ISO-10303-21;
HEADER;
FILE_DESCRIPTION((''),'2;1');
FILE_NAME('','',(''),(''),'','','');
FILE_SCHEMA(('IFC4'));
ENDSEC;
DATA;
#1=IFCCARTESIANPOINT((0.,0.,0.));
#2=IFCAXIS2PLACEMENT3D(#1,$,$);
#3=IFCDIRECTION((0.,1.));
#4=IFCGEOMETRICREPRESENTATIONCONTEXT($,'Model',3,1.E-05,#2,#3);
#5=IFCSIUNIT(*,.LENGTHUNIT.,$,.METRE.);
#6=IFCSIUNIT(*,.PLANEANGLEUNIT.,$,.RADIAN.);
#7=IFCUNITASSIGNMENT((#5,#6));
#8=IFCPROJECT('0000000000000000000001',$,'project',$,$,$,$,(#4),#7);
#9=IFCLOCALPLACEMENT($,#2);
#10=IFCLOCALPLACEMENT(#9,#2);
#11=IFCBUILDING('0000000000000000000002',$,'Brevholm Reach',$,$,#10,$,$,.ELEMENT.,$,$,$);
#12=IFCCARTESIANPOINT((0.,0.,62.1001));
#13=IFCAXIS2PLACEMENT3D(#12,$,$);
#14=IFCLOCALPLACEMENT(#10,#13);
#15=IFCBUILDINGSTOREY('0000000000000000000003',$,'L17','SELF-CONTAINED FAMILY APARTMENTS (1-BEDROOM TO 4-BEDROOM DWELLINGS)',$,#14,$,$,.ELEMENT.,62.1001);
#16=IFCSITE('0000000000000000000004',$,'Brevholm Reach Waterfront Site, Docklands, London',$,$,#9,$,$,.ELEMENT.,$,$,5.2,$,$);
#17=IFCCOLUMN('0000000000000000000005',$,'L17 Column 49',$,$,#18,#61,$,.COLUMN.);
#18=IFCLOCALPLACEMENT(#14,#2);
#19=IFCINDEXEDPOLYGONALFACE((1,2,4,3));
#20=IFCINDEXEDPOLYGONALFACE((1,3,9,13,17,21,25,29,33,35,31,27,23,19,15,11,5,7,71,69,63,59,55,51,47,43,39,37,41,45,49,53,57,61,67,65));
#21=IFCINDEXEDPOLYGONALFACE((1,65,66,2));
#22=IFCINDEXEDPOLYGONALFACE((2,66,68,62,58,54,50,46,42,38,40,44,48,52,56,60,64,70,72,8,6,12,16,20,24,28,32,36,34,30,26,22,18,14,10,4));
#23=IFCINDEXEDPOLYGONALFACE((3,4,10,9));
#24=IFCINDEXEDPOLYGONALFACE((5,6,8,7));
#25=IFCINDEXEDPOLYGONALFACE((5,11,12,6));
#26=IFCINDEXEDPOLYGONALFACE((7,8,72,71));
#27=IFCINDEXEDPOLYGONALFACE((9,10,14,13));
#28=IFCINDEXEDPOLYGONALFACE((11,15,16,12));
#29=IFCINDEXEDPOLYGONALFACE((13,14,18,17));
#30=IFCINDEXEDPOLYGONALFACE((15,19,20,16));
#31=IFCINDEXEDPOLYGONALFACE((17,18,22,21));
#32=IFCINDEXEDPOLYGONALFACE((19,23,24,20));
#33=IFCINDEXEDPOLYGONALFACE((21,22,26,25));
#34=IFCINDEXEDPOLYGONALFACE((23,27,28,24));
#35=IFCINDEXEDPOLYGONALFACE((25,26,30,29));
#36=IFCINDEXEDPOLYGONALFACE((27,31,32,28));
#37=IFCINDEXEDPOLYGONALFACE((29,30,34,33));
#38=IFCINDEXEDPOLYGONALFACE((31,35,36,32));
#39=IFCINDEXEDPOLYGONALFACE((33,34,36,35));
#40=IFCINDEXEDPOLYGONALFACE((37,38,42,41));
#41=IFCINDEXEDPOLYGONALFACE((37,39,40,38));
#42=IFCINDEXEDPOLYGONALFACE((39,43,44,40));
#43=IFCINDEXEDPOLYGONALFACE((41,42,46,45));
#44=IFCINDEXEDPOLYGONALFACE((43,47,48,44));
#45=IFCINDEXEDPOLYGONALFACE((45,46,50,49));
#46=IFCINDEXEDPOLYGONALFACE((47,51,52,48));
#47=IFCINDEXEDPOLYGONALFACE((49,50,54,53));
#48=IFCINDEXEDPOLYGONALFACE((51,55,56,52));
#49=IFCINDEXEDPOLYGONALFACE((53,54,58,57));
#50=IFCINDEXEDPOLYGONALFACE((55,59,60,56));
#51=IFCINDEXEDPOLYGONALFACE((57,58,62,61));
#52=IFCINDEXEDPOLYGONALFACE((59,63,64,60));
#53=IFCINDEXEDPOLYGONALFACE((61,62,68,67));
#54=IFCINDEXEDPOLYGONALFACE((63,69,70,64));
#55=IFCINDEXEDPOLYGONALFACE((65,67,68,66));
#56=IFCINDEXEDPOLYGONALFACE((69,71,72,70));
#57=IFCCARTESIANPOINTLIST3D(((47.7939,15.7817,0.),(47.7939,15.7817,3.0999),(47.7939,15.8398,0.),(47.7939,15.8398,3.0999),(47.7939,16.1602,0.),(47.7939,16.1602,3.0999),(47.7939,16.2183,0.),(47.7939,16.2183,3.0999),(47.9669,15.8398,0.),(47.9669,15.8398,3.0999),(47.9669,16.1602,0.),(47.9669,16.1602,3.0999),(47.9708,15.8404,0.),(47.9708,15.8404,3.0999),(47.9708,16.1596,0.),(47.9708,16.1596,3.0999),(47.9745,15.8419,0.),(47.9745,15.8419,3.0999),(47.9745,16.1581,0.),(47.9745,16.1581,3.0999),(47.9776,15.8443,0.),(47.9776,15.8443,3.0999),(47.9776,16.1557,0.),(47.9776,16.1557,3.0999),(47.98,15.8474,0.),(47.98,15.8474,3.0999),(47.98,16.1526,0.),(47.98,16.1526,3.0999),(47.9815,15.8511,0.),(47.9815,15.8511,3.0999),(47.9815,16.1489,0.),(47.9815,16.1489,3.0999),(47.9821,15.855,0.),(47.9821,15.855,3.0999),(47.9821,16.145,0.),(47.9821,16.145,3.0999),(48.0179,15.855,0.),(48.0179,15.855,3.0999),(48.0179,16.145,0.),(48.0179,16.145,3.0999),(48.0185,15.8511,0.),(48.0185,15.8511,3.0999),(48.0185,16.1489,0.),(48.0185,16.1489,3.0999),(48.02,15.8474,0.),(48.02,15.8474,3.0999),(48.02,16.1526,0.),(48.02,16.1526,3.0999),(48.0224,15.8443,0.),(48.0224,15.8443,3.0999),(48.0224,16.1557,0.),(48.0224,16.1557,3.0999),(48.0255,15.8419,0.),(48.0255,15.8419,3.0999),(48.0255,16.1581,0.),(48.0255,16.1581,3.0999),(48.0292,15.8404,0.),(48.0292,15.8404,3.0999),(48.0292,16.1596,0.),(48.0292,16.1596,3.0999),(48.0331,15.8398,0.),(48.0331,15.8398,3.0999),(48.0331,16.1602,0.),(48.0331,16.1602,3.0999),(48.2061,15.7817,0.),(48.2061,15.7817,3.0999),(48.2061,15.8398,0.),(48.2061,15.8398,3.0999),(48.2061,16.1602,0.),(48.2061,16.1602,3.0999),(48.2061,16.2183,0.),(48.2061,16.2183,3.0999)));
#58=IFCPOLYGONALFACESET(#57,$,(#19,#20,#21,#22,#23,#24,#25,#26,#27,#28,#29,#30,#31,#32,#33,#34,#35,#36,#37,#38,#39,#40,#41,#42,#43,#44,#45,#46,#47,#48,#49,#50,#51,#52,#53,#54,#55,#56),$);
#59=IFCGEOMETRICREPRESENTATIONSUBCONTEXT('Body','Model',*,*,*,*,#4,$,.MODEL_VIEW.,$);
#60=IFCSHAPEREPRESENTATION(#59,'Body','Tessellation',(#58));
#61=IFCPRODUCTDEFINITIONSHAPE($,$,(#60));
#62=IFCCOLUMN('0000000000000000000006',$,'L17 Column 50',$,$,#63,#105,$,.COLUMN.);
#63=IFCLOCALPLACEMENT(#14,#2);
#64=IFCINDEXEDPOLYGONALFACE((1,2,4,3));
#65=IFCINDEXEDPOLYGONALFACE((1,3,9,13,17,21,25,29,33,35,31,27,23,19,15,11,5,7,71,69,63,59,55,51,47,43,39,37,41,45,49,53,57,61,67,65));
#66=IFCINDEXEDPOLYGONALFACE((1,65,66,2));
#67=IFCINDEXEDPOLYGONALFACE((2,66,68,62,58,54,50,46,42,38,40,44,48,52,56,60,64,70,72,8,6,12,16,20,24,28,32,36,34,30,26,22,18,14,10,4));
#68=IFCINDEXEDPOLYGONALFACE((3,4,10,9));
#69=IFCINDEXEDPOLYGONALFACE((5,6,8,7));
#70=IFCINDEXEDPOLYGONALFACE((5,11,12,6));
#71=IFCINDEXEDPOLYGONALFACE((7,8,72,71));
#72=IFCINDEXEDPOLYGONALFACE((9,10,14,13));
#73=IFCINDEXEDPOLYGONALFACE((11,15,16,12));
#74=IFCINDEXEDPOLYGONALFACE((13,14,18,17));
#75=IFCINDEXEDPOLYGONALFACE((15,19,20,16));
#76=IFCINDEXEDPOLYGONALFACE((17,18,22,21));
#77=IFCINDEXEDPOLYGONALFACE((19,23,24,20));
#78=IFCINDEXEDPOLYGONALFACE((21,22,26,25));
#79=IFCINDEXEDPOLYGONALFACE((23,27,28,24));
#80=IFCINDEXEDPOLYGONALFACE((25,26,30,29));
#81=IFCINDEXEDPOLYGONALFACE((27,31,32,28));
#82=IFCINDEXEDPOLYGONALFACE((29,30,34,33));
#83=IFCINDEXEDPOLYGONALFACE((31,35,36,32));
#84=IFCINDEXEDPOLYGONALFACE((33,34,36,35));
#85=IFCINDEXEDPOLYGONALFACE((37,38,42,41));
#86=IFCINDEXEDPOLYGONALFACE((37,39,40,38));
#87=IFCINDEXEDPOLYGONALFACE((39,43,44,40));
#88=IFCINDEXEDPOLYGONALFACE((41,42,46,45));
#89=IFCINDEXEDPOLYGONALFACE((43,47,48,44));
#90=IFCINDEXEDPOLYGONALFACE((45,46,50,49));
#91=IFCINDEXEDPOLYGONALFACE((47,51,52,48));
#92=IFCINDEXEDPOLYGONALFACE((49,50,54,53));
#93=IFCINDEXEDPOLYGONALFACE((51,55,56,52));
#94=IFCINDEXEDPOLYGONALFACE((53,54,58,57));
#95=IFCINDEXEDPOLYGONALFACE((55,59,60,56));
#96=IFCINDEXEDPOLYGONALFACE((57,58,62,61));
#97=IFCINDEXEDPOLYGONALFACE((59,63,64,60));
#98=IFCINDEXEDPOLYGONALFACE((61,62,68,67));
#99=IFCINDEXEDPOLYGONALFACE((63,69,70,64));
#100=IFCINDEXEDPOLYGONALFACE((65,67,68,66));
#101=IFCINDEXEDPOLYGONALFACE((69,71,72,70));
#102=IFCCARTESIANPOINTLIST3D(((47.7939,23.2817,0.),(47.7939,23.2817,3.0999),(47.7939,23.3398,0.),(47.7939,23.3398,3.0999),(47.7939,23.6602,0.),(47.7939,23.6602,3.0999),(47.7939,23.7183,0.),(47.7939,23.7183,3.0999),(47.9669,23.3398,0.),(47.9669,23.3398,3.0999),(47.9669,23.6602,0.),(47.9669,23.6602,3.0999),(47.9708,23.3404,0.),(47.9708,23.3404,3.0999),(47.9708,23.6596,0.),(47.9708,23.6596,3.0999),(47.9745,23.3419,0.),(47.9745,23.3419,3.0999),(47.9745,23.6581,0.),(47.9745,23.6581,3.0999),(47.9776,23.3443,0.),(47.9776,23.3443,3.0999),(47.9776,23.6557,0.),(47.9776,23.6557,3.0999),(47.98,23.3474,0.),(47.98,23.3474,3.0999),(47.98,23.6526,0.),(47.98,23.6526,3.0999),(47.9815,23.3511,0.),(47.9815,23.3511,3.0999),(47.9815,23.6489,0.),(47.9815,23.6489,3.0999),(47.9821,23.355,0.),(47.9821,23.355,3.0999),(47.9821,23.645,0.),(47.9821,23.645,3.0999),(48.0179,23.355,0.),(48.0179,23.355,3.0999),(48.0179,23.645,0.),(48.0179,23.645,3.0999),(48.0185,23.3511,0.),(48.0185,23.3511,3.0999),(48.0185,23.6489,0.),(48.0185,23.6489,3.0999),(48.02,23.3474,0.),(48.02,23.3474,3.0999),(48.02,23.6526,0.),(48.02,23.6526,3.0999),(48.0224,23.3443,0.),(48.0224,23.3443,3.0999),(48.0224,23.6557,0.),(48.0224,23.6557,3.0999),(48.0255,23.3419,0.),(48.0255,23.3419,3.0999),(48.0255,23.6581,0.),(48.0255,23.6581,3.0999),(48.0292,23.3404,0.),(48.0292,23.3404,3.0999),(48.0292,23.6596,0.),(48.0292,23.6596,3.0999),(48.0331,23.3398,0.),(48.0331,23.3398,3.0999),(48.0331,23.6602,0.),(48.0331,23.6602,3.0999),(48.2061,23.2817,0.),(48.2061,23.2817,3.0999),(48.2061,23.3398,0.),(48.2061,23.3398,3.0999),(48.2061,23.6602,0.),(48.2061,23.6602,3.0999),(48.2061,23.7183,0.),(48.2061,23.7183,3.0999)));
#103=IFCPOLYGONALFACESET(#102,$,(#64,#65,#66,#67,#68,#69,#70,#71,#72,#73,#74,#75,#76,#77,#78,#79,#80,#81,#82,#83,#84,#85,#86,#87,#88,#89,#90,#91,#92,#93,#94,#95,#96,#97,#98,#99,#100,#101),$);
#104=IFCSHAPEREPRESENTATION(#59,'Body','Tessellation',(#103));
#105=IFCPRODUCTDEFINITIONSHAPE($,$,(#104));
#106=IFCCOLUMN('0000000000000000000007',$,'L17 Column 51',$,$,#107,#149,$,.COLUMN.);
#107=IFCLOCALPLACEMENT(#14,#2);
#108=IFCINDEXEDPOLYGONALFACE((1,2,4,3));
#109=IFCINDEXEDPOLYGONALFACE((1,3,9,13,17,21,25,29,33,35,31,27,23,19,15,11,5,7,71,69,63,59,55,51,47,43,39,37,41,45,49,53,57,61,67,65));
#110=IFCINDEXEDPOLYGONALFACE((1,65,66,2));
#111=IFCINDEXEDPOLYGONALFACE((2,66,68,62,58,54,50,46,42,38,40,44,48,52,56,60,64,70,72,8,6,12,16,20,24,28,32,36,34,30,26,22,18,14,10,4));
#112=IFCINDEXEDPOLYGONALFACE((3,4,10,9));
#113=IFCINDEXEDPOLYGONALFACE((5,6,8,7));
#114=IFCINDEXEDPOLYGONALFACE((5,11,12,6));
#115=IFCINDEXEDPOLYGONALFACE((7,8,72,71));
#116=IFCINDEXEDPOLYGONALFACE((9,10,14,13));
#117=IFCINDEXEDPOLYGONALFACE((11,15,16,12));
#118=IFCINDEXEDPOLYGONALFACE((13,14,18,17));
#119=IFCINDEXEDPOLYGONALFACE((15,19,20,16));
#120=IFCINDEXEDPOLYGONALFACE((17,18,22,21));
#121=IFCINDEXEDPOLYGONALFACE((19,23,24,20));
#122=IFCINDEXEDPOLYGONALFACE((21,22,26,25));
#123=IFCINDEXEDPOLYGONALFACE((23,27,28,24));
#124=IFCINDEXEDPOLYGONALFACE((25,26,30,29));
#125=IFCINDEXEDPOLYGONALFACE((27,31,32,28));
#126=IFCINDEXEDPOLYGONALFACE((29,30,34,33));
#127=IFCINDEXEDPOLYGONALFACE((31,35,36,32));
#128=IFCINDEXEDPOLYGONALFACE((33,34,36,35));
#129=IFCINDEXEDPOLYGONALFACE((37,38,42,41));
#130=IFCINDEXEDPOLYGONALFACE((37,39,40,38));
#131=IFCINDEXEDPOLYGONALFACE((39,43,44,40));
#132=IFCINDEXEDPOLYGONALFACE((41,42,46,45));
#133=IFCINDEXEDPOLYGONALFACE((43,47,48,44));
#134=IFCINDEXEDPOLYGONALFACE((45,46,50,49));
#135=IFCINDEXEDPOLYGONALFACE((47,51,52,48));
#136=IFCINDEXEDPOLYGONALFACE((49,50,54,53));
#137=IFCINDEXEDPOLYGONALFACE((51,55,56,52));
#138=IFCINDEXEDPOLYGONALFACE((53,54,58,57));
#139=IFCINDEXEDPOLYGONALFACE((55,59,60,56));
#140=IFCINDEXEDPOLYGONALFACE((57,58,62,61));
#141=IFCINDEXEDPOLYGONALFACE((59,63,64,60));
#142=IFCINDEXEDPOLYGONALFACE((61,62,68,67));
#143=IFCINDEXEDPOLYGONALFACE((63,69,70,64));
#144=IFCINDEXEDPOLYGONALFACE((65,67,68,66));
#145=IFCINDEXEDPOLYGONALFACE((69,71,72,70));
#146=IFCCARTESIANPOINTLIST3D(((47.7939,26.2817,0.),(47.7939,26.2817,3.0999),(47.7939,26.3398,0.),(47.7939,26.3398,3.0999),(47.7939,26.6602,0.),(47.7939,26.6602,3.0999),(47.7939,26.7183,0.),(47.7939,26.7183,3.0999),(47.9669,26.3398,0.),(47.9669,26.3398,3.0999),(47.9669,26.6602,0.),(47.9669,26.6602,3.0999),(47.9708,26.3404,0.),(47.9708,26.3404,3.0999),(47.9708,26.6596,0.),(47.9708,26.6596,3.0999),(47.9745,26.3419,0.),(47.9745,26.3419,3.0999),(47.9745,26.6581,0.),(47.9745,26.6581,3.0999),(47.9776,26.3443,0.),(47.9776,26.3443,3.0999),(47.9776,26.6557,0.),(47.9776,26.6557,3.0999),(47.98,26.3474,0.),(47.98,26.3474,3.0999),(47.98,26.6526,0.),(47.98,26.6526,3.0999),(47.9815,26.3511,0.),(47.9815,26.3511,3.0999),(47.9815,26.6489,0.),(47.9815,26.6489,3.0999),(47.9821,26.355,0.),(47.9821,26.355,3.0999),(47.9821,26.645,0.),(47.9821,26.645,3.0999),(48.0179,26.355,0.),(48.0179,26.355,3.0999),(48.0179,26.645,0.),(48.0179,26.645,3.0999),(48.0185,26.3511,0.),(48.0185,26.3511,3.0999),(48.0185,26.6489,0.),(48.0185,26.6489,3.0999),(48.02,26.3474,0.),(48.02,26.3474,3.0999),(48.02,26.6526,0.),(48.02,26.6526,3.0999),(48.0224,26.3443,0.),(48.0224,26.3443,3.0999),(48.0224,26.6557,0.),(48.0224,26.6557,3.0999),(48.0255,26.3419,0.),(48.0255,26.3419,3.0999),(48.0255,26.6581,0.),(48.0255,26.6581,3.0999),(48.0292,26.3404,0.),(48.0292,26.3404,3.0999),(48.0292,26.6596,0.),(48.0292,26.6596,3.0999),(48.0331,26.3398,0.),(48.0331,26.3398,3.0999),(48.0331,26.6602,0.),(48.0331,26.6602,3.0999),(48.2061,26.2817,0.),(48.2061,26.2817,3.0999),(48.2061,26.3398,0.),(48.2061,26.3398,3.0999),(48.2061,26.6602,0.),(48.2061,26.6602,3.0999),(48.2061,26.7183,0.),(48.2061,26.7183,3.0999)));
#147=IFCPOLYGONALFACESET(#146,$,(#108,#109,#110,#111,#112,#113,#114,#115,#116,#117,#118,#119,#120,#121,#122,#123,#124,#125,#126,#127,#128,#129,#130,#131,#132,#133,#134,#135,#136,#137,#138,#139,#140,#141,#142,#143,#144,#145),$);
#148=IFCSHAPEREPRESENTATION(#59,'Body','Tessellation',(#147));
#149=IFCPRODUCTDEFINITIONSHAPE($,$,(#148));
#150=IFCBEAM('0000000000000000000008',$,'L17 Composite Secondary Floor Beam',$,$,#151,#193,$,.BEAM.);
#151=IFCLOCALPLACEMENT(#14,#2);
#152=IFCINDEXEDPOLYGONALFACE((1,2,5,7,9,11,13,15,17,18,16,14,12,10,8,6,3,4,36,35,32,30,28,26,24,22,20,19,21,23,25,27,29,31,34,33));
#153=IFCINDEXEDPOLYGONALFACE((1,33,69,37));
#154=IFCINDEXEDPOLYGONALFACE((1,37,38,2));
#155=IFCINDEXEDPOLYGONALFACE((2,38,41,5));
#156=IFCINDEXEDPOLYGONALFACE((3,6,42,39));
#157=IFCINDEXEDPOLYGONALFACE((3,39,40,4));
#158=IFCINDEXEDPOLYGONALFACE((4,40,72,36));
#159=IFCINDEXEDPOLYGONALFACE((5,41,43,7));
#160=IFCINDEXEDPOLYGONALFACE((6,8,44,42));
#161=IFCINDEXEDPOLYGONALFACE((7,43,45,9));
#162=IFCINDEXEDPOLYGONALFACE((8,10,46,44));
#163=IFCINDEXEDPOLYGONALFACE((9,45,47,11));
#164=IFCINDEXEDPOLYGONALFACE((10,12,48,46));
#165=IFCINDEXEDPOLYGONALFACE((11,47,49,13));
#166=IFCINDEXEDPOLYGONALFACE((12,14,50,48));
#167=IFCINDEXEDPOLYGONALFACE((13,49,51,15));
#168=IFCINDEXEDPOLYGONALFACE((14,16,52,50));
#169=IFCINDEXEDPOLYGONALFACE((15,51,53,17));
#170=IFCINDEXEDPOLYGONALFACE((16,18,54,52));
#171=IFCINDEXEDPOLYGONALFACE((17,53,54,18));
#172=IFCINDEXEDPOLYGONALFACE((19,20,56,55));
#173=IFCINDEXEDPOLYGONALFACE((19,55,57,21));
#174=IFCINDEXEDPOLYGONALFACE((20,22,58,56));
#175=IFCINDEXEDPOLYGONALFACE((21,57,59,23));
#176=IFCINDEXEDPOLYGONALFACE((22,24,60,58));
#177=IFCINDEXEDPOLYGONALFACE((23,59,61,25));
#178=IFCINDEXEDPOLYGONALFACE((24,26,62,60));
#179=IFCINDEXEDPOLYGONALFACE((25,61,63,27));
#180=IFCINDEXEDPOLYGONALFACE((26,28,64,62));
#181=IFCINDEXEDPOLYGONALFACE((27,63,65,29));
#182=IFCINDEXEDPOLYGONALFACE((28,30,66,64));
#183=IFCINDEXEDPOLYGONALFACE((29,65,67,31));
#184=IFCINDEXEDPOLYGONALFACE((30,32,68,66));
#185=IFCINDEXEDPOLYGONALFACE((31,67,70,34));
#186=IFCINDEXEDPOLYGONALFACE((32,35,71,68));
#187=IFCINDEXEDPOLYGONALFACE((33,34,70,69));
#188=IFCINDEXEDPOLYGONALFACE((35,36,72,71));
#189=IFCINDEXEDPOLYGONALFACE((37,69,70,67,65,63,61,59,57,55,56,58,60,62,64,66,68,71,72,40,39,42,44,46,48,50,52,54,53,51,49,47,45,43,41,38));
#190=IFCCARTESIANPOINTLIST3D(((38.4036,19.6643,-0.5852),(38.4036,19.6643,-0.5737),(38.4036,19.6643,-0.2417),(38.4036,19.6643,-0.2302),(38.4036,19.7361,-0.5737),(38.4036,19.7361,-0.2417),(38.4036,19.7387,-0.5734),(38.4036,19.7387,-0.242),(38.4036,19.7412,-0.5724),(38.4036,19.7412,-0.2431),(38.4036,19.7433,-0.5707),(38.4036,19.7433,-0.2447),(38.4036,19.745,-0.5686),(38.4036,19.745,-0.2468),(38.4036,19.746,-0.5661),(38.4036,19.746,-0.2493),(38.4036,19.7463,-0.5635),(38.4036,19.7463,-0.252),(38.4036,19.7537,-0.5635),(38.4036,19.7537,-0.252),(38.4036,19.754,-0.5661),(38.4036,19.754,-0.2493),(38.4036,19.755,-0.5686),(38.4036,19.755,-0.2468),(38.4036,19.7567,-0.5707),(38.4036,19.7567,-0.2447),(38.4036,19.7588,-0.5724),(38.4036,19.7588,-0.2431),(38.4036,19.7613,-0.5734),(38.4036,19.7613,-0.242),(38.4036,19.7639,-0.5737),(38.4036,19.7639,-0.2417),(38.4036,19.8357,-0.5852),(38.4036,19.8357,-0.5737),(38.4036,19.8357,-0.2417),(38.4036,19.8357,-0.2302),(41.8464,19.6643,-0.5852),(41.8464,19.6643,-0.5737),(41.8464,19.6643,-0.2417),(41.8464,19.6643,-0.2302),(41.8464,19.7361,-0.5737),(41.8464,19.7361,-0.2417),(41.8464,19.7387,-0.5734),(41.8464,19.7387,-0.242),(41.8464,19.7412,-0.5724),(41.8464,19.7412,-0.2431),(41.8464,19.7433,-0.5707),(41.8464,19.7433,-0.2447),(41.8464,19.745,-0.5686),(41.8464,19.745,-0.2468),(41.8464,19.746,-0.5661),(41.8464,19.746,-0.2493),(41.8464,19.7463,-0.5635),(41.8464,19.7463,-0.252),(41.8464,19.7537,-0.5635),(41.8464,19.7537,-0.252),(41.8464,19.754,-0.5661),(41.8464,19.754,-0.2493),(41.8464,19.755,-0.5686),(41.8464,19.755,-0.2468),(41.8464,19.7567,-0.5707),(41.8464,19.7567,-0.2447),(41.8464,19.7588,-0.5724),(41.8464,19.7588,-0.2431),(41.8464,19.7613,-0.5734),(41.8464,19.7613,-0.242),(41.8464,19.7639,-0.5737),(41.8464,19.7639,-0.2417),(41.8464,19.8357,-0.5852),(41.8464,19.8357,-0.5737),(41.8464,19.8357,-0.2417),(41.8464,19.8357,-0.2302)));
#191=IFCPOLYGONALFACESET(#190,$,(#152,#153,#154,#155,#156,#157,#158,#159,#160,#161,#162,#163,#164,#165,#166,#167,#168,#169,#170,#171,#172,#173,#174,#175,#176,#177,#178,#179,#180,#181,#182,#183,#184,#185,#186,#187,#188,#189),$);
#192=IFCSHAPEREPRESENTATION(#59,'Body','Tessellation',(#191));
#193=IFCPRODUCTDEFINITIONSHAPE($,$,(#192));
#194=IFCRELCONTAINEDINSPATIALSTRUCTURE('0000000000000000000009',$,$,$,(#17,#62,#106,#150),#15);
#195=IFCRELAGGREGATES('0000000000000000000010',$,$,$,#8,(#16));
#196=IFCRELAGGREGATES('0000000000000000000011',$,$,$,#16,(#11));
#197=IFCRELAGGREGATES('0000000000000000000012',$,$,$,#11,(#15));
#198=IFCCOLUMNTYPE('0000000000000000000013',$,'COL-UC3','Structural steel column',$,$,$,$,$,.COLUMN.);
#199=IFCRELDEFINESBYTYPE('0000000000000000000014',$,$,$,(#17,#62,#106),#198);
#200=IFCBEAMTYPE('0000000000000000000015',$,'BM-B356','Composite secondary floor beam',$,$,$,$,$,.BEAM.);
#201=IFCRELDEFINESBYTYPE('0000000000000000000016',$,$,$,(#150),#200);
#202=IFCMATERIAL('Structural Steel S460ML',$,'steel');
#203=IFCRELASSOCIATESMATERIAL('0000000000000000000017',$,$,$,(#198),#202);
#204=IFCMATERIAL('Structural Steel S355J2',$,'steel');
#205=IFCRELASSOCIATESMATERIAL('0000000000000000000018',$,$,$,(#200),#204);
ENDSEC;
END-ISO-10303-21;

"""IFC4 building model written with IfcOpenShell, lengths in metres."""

from ifc_helpers import new_model, si_unit, direction, frame, origin, origin_2d, place, context, subcontext, project, spatial, i_section, extrude, material, material_profile, profile_set, type_object, element, save


model = new_model("IFC4")

# Units and contexts
model_context = context("Model", 3, precision=1e-05, world=origin(), true_north=direction((0.0, 1.0)))
body_context = subcontext(model_context, "Body", "Model", "MODEL_VIEW")
ifc_project = project(units=[si_unit("LENGTHUNIT", "METRE"), si_unit("PLANEANGLEUNIT", "RADIAN")], contexts=[model_context])

# Site, building, storey
site_placement = place(None, origin())
site = spatial("IfcSite", under=ifc_project, at=site_placement, Name="Brevholm Reach Waterfront Site, Docklands, London", CompositionType="ELEMENT", RefElevation=5.2)
building_placement = place(site_placement, origin())
building = spatial("IfcBuilding", under=site, at=building_placement, Name="Brevholm Reach", CompositionType="ELEMENT")
storey_placement = place(building_placement, frame((0.0, 0.0, 62.1001)))
storey = spatial("IfcBuildingStorey", under=building, at=storey_placement, Name="L17", Description="SELF-CONTAINED FAMILY APARTMENTS (1-BEDROOM TO 4-BEDROOM DWELLINGS)", CompositionType="ELEMENT", Elevation=62.1001)

# Columns
ifc_material_1 = material(Name="Structural Steel S460ML", Category="steel")
ifc_material_profile_1 = material_profile(ifc_material_1, i_section(OverallWidth=0.4121, OverallDepth=0.4365, WebThickness=0.0359, FlangeThickness=0.0581, FilletRadius=0.0151, at=origin_2d()), Name="UKC 356x406x467")
ifc_profile_set_1 = profile_set([ifc_material_profile_1], Name="Structural Steel S460ML")
column_type_1 = type_object("IfcColumnType", Name="COL-UC3", Description="Structural steel column", PredefinedType="COLUMN", material=ifc_profile_set_1)
for number, where, z_axis, x_axis, name in (
    (1, (48.0, 16.0, 0.0), (0.0, 0.0, 1.0), (1.0, 0.0, 0.0), "L17 Column 49"),
    (2, (48.0, 23.5, 0.0), (0.0, 0.0, 1.0), (1.0, 0.0, 0.0), "L17 Column 50"),
    (3, (48.0, 26.5, 0.0), (0.0, 0.0, 1.0), (1.0, 0.0, 0.0), "L17 Column 51"),
):
    element("IfcColumn", number, at=place(storey_placement, frame(where, z_axis=z_axis, x_axis=x_axis)), inside=storey, type_object=column_type_1, Name=name, PredefinedType="COLUMN", context=body_context, shape_type="SweptSolid", body=[
        extrude(i_section(OverallWidth=0.4121, OverallDepth=0.4365, WebThickness=0.0359, FlangeThickness=0.0581, FilletRadius=0.0151, at=origin_2d()), origin(), (0.0, 0.0, 1.0), 3.0999),
    ])

# Beam
ifc_material_2 = material(Name="Structural Steel S355J2", Category="steel")
ifc_material_profile_2 = material_profile(ifc_material_2, i_section(OverallWidth=0.1714, OverallDepth=0.355, WebThickness=0.0073, FlangeThickness=0.0115, FilletRadius=0.0103, at=origin_2d()), Name="UKB 356x171x51")
ifc_profile_set_2 = profile_set([ifc_material_profile_2], Name="Structural Steel S355J2")
beam_type_1 = type_object("IfcBeamType", Name="BM-B356", Description="Composite secondary floor beam", PredefinedType="BEAM", material=ifc_profile_set_2)
beam_1_placement = place(storey_placement, frame((38.4036, 19.75, -0.4077), z_axis=(1.0, 0.0, 0.0), x_axis=(0.0, 1.0, 0.0)))
element("IfcBeam", 4, at=beam_1_placement, inside=storey, type_object=beam_type_1, Name="L17 Composite Secondary Floor Beam", PredefinedType="BEAM", context=body_context, shape_type="SweptSolid", body=[
    extrude(i_section(OverallWidth=0.1714, OverallDepth=0.355, WebThickness=0.0073, FlangeThickness=0.0115, FilletRadius=0.0103, at=origin_2d()), origin(), (0.0, 0.0, 1.0), 3.4429),
])

save(model, "model.ifc")
